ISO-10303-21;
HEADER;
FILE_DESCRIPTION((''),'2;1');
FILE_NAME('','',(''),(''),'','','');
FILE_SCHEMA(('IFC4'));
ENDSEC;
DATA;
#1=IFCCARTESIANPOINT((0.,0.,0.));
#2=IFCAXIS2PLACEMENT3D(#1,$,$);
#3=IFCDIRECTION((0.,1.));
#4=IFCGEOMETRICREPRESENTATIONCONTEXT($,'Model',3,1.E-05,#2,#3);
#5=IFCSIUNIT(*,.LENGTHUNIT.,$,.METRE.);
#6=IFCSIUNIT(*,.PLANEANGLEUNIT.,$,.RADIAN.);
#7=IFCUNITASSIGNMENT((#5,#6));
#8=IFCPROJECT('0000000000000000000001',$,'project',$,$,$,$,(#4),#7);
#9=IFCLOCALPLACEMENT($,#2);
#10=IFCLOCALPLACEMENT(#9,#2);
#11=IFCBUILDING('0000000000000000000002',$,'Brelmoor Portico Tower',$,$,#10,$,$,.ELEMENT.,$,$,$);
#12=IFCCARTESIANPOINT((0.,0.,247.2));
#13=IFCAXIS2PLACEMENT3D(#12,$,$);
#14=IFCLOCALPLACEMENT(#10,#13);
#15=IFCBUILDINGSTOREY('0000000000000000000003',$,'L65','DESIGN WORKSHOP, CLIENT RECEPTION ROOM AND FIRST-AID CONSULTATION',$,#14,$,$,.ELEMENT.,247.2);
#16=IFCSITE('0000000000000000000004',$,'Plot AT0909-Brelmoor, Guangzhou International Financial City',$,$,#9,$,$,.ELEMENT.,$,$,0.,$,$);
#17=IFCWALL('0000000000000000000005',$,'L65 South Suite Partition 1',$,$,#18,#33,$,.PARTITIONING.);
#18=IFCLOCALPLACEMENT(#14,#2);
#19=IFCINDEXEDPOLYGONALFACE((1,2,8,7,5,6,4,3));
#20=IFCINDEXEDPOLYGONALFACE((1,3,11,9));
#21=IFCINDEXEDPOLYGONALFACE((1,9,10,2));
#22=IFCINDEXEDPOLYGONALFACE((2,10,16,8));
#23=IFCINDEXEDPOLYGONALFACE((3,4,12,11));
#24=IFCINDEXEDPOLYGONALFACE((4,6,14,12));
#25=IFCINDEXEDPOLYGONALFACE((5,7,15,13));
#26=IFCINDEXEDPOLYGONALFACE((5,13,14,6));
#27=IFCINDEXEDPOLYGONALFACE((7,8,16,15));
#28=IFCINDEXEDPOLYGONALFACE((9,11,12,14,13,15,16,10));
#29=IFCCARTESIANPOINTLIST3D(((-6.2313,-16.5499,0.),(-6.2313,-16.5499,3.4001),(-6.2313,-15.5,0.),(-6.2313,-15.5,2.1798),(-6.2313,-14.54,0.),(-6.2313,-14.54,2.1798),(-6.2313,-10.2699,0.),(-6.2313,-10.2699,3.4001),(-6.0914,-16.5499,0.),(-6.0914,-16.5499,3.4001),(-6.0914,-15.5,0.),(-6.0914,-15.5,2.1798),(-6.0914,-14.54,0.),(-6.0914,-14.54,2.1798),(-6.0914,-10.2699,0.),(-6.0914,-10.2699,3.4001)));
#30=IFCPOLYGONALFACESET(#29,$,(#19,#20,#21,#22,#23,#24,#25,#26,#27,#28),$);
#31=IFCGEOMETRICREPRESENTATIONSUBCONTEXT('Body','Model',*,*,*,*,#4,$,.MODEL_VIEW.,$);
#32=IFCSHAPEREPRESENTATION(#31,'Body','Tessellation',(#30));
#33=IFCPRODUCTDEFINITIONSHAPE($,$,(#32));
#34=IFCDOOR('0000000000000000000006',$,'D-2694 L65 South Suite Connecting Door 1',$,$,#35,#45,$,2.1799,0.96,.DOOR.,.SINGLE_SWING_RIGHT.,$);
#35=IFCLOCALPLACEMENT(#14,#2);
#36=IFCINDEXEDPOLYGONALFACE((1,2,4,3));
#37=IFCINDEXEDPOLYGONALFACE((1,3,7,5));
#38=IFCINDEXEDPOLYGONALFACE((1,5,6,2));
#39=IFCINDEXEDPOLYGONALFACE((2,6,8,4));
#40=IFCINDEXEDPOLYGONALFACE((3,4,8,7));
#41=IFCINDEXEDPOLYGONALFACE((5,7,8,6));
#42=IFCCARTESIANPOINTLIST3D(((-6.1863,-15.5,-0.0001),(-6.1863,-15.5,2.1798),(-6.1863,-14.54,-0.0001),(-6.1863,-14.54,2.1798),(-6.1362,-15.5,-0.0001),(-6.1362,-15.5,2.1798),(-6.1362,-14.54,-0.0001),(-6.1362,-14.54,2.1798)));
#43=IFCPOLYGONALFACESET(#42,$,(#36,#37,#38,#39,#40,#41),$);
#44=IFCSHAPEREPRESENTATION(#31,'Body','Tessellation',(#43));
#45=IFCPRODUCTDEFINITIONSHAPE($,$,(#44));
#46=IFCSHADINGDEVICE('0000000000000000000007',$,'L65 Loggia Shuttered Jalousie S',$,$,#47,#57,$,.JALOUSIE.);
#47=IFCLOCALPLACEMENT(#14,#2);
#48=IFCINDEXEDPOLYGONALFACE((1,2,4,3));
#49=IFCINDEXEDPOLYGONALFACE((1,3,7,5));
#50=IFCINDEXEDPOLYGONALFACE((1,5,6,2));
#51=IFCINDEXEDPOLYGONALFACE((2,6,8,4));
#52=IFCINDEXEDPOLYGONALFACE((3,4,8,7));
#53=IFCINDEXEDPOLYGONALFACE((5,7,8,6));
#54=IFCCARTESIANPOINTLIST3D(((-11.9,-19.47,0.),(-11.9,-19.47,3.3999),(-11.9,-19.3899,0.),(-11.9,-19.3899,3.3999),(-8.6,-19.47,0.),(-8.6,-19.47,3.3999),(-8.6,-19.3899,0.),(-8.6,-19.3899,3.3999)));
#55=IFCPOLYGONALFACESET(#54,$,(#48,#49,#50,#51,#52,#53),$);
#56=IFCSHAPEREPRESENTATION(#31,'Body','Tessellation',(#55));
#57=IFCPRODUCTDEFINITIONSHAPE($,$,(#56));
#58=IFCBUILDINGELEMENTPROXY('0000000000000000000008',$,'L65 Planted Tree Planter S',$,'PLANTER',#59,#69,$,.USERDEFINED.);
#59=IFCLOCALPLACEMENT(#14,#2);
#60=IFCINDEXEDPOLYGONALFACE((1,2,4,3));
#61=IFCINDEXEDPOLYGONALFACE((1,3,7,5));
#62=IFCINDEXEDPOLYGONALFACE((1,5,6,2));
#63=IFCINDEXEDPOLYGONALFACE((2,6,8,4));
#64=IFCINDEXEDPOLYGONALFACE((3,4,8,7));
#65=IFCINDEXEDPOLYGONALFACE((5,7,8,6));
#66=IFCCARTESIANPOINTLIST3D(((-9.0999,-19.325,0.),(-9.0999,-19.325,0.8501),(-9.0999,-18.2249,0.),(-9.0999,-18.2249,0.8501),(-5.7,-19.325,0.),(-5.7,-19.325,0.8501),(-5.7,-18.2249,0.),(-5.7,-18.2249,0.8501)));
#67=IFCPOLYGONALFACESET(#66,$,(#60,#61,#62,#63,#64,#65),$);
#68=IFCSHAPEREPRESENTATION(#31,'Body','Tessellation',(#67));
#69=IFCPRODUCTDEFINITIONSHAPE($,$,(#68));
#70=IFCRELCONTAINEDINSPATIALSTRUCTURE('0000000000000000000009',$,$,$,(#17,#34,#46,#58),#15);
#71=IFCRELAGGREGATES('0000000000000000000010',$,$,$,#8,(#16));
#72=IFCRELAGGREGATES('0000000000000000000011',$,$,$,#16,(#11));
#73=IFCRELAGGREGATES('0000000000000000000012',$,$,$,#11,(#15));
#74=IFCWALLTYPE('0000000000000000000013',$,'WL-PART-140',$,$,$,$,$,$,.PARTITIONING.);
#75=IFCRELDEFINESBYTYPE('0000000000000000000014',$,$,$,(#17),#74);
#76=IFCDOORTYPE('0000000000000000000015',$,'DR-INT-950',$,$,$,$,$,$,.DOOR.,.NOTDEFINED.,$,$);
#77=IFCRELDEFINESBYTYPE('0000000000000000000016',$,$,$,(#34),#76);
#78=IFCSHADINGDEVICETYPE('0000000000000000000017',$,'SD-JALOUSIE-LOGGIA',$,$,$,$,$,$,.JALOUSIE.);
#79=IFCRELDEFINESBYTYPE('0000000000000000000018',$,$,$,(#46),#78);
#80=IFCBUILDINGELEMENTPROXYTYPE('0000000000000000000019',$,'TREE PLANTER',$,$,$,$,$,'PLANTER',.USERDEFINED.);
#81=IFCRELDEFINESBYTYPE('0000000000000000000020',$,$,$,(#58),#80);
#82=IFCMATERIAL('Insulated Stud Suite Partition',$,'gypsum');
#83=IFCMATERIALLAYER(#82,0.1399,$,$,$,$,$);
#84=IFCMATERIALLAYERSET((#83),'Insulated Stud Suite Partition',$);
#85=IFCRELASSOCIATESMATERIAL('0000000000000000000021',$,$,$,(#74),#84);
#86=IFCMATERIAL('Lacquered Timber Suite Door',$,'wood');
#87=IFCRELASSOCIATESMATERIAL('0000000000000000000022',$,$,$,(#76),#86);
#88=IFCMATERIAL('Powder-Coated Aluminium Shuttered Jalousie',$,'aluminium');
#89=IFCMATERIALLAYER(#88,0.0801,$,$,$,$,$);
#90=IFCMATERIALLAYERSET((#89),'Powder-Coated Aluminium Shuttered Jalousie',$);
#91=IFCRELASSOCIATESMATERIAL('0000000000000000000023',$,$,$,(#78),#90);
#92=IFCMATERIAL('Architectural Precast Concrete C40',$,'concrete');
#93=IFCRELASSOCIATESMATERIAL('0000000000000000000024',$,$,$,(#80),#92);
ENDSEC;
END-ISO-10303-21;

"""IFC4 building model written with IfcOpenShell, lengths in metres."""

from ifc_helpers import new_model, si_unit, direction, frame, frame_2d, origin, origin_2d, place, context, subcontext, project, spatial, rectangle, extrude, material, layer, layer_set, type_object, element, fill, save


model = new_model("IFC4")

# Units and contexts
model_context = context("Model", 3, precision=1e-05, world=origin(), true_north=direction((0.0, 1.0)))
body_context = subcontext(model_context, "Body", "Model", "MODEL_VIEW")
ifc_project = project(units=[si_unit("LENGTHUNIT", "METRE"), si_unit("PLANEANGLEUNIT", "RADIAN")], contexts=[model_context])

# Site, building, storey
site_placement = place(None, origin())
site = spatial("IfcSite", under=ifc_project, at=site_placement, Name="Plot AT0909-Brelmoor, Guangzhou International Financial City", CompositionType="ELEMENT", RefElevation=0.0)
building_placement = place(site_placement, origin())
building = spatial("IfcBuilding", under=site, at=building_placement, Name="Brelmoor Portico Tower", CompositionType="ELEMENT")
storey_placement = place(building_placement, frame((0.0, 0.0, 247.2)))
storey = spatial("IfcBuildingStorey", under=building, at=storey_placement, Name="L65", Description="DESIGN WORKSHOP, CLIENT RECEPTION ROOM AND FIRST-AID CONSULTATION", CompositionType="ELEMENT", Elevation=247.2)

# Wall, opening, door
ifc_material_1 = material(Name="Insulated Stud Suite Partition", Category="gypsum")
ifc_layer_1 = layer(ifc_material_1, 0.1399)
ifc_layer_set_1 = layer_set([ifc_layer_1], Name="Insulated Stud Suite Partition")
wall_type_1 = type_object("IfcWallType", Name="WL-PART-140", PredefinedType="PARTITIONING", material=ifc_layer_set_1)
wall_1_placement = place(storey_placement, frame((-6.1614, -16.55, 0.0), z_axis=(0.0, 0.0, 1.0), x_axis=(0.0, 1.0, 0.0)))
wall_1 = element("IfcWall", 1, at=wall_1_placement, inside=storey, type_object=wall_type_1, Name="L65 South Suite Partition 1", PredefinedType="PARTITIONING", context=body_context, shape_type="SweptSolid", body=[
    extrude(rectangle(XDim=6.28, YDim=0.1399, at=frame_2d((3.1401, 0.0))), origin(), (0.0, 0.0, 1.0), 3.4001),
])
opening_1_placement = place(wall_1_placement, frame((1.05, 0.0, 0.0)))
opening_1 = element("IfcOpeningElement", 2, at=opening_1_placement, cuts=wall_1, PredefinedType="OPENING", context=body_context, shape_type="SweptSolid", body=[
    extrude(rectangle(XDim=0.96, YDim=2.1799, at=frame_2d((0.48, 1.0898))), frame((0.0, 0.0798, 0.0), z_axis=(0.0, -1.0, 0.0), x_axis=(1.0, 0.0, 0.0)), (0.0, 0.0, 1.0), 0.1599),
])
ifc_material_2 = material(Name="Lacquered Timber Suite Door", Category="wood")
door_type_1 = type_object("IfcDoorType", Name="DR-INT-950", OperationType="NOTDEFINED", PredefinedType="DOOR", material=ifc_material_2)
door_1_placement = place(opening_1_placement, origin())
door_1 = element("IfcDoor", 3, at=door_1_placement, inside=storey, type_object=door_type_1, Name="D-2694 L65 South Suite Connecting Door 1", OperationType="SINGLE_SWING_RIGHT", OverallHeight=2.1799, OverallWidth=0.96, PredefinedType="DOOR", context=body_context, shape_type="SweptSolid", body=[
    extrude(rectangle(XDim=0.96, YDim=2.1799, at=frame_2d((0.48, 1.0898))), frame((0.0, 0.0249, 0.0), z_axis=(0.0, -1.0, 0.0), x_axis=(1.0, 0.0, 0.0)), (0.0, 0.0, 1.0), 0.05),
])
fill(opening_1, door_1)

# Shading device
ifc_material_3 = material(Name="Powder-Coated Aluminium Shuttered Jalousie", Category="aluminium")
ifc_layer_2 = layer(ifc_material_3, 0.0801)
ifc_layer_set_2 = layer_set([ifc_layer_2], Name="Powder-Coated Aluminium Shuttered Jalousie")
shading_device_type = type_object("IfcShadingDeviceType", Name="SD-JALOUSIE-LOGGIA", PredefinedType="JALOUSIE", material=ifc_layer_set_2)
shading_device_placement = place(storey_placement, frame((-10.25, -19.4299, 0.0), z_axis=(0.0, 0.0, 1.0), x_axis=(1.0, 0.0, 0.0)))
element("IfcShadingDevice", 4, at=shading_device_placement, inside=storey, type_object=shading_device_type, Name="L65 Loggia Shuttered Jalousie S", PredefinedType="JALOUSIE", context=body_context, shape_type="SweptSolid", body=[
    extrude(rectangle(XDim=3.3, YDim=0.0801, at=origin_2d()), origin(), (0.0, 0.0, 1.0), 3.3999),
])

# Building element proxy
ifc_material_4 = material(Name="Architectural Precast Concrete C40", Category="concrete")
building_element_proxy_type = type_object("IfcBuildingElementProxyType", Name="TREE PLANTER", ElementType="PLANTER", PredefinedType="USERDEFINED", material=ifc_material_4)
proxy_placement = place(storey_placement, frame((-7.3999, -18.7749, 0.0), z_axis=(0.0, 0.0, 1.0), x_axis=(1.0, 0.0, 0.0)))
element("IfcBuildingElementProxy", 5, at=proxy_placement, inside=storey, type_object=building_element_proxy_type, Name="L65 Planted Tree Planter S", ObjectType="PLANTER", PredefinedType="USERDEFINED", context=body_context, shape_type="SweptSolid", body=[
    extrude(rectangle(XDim=3.3999, YDim=1.1001, at=origin_2d()), origin(), (0.0, 0.0, 1.0), 0.8501),
])

save(model, "model.ifc")
